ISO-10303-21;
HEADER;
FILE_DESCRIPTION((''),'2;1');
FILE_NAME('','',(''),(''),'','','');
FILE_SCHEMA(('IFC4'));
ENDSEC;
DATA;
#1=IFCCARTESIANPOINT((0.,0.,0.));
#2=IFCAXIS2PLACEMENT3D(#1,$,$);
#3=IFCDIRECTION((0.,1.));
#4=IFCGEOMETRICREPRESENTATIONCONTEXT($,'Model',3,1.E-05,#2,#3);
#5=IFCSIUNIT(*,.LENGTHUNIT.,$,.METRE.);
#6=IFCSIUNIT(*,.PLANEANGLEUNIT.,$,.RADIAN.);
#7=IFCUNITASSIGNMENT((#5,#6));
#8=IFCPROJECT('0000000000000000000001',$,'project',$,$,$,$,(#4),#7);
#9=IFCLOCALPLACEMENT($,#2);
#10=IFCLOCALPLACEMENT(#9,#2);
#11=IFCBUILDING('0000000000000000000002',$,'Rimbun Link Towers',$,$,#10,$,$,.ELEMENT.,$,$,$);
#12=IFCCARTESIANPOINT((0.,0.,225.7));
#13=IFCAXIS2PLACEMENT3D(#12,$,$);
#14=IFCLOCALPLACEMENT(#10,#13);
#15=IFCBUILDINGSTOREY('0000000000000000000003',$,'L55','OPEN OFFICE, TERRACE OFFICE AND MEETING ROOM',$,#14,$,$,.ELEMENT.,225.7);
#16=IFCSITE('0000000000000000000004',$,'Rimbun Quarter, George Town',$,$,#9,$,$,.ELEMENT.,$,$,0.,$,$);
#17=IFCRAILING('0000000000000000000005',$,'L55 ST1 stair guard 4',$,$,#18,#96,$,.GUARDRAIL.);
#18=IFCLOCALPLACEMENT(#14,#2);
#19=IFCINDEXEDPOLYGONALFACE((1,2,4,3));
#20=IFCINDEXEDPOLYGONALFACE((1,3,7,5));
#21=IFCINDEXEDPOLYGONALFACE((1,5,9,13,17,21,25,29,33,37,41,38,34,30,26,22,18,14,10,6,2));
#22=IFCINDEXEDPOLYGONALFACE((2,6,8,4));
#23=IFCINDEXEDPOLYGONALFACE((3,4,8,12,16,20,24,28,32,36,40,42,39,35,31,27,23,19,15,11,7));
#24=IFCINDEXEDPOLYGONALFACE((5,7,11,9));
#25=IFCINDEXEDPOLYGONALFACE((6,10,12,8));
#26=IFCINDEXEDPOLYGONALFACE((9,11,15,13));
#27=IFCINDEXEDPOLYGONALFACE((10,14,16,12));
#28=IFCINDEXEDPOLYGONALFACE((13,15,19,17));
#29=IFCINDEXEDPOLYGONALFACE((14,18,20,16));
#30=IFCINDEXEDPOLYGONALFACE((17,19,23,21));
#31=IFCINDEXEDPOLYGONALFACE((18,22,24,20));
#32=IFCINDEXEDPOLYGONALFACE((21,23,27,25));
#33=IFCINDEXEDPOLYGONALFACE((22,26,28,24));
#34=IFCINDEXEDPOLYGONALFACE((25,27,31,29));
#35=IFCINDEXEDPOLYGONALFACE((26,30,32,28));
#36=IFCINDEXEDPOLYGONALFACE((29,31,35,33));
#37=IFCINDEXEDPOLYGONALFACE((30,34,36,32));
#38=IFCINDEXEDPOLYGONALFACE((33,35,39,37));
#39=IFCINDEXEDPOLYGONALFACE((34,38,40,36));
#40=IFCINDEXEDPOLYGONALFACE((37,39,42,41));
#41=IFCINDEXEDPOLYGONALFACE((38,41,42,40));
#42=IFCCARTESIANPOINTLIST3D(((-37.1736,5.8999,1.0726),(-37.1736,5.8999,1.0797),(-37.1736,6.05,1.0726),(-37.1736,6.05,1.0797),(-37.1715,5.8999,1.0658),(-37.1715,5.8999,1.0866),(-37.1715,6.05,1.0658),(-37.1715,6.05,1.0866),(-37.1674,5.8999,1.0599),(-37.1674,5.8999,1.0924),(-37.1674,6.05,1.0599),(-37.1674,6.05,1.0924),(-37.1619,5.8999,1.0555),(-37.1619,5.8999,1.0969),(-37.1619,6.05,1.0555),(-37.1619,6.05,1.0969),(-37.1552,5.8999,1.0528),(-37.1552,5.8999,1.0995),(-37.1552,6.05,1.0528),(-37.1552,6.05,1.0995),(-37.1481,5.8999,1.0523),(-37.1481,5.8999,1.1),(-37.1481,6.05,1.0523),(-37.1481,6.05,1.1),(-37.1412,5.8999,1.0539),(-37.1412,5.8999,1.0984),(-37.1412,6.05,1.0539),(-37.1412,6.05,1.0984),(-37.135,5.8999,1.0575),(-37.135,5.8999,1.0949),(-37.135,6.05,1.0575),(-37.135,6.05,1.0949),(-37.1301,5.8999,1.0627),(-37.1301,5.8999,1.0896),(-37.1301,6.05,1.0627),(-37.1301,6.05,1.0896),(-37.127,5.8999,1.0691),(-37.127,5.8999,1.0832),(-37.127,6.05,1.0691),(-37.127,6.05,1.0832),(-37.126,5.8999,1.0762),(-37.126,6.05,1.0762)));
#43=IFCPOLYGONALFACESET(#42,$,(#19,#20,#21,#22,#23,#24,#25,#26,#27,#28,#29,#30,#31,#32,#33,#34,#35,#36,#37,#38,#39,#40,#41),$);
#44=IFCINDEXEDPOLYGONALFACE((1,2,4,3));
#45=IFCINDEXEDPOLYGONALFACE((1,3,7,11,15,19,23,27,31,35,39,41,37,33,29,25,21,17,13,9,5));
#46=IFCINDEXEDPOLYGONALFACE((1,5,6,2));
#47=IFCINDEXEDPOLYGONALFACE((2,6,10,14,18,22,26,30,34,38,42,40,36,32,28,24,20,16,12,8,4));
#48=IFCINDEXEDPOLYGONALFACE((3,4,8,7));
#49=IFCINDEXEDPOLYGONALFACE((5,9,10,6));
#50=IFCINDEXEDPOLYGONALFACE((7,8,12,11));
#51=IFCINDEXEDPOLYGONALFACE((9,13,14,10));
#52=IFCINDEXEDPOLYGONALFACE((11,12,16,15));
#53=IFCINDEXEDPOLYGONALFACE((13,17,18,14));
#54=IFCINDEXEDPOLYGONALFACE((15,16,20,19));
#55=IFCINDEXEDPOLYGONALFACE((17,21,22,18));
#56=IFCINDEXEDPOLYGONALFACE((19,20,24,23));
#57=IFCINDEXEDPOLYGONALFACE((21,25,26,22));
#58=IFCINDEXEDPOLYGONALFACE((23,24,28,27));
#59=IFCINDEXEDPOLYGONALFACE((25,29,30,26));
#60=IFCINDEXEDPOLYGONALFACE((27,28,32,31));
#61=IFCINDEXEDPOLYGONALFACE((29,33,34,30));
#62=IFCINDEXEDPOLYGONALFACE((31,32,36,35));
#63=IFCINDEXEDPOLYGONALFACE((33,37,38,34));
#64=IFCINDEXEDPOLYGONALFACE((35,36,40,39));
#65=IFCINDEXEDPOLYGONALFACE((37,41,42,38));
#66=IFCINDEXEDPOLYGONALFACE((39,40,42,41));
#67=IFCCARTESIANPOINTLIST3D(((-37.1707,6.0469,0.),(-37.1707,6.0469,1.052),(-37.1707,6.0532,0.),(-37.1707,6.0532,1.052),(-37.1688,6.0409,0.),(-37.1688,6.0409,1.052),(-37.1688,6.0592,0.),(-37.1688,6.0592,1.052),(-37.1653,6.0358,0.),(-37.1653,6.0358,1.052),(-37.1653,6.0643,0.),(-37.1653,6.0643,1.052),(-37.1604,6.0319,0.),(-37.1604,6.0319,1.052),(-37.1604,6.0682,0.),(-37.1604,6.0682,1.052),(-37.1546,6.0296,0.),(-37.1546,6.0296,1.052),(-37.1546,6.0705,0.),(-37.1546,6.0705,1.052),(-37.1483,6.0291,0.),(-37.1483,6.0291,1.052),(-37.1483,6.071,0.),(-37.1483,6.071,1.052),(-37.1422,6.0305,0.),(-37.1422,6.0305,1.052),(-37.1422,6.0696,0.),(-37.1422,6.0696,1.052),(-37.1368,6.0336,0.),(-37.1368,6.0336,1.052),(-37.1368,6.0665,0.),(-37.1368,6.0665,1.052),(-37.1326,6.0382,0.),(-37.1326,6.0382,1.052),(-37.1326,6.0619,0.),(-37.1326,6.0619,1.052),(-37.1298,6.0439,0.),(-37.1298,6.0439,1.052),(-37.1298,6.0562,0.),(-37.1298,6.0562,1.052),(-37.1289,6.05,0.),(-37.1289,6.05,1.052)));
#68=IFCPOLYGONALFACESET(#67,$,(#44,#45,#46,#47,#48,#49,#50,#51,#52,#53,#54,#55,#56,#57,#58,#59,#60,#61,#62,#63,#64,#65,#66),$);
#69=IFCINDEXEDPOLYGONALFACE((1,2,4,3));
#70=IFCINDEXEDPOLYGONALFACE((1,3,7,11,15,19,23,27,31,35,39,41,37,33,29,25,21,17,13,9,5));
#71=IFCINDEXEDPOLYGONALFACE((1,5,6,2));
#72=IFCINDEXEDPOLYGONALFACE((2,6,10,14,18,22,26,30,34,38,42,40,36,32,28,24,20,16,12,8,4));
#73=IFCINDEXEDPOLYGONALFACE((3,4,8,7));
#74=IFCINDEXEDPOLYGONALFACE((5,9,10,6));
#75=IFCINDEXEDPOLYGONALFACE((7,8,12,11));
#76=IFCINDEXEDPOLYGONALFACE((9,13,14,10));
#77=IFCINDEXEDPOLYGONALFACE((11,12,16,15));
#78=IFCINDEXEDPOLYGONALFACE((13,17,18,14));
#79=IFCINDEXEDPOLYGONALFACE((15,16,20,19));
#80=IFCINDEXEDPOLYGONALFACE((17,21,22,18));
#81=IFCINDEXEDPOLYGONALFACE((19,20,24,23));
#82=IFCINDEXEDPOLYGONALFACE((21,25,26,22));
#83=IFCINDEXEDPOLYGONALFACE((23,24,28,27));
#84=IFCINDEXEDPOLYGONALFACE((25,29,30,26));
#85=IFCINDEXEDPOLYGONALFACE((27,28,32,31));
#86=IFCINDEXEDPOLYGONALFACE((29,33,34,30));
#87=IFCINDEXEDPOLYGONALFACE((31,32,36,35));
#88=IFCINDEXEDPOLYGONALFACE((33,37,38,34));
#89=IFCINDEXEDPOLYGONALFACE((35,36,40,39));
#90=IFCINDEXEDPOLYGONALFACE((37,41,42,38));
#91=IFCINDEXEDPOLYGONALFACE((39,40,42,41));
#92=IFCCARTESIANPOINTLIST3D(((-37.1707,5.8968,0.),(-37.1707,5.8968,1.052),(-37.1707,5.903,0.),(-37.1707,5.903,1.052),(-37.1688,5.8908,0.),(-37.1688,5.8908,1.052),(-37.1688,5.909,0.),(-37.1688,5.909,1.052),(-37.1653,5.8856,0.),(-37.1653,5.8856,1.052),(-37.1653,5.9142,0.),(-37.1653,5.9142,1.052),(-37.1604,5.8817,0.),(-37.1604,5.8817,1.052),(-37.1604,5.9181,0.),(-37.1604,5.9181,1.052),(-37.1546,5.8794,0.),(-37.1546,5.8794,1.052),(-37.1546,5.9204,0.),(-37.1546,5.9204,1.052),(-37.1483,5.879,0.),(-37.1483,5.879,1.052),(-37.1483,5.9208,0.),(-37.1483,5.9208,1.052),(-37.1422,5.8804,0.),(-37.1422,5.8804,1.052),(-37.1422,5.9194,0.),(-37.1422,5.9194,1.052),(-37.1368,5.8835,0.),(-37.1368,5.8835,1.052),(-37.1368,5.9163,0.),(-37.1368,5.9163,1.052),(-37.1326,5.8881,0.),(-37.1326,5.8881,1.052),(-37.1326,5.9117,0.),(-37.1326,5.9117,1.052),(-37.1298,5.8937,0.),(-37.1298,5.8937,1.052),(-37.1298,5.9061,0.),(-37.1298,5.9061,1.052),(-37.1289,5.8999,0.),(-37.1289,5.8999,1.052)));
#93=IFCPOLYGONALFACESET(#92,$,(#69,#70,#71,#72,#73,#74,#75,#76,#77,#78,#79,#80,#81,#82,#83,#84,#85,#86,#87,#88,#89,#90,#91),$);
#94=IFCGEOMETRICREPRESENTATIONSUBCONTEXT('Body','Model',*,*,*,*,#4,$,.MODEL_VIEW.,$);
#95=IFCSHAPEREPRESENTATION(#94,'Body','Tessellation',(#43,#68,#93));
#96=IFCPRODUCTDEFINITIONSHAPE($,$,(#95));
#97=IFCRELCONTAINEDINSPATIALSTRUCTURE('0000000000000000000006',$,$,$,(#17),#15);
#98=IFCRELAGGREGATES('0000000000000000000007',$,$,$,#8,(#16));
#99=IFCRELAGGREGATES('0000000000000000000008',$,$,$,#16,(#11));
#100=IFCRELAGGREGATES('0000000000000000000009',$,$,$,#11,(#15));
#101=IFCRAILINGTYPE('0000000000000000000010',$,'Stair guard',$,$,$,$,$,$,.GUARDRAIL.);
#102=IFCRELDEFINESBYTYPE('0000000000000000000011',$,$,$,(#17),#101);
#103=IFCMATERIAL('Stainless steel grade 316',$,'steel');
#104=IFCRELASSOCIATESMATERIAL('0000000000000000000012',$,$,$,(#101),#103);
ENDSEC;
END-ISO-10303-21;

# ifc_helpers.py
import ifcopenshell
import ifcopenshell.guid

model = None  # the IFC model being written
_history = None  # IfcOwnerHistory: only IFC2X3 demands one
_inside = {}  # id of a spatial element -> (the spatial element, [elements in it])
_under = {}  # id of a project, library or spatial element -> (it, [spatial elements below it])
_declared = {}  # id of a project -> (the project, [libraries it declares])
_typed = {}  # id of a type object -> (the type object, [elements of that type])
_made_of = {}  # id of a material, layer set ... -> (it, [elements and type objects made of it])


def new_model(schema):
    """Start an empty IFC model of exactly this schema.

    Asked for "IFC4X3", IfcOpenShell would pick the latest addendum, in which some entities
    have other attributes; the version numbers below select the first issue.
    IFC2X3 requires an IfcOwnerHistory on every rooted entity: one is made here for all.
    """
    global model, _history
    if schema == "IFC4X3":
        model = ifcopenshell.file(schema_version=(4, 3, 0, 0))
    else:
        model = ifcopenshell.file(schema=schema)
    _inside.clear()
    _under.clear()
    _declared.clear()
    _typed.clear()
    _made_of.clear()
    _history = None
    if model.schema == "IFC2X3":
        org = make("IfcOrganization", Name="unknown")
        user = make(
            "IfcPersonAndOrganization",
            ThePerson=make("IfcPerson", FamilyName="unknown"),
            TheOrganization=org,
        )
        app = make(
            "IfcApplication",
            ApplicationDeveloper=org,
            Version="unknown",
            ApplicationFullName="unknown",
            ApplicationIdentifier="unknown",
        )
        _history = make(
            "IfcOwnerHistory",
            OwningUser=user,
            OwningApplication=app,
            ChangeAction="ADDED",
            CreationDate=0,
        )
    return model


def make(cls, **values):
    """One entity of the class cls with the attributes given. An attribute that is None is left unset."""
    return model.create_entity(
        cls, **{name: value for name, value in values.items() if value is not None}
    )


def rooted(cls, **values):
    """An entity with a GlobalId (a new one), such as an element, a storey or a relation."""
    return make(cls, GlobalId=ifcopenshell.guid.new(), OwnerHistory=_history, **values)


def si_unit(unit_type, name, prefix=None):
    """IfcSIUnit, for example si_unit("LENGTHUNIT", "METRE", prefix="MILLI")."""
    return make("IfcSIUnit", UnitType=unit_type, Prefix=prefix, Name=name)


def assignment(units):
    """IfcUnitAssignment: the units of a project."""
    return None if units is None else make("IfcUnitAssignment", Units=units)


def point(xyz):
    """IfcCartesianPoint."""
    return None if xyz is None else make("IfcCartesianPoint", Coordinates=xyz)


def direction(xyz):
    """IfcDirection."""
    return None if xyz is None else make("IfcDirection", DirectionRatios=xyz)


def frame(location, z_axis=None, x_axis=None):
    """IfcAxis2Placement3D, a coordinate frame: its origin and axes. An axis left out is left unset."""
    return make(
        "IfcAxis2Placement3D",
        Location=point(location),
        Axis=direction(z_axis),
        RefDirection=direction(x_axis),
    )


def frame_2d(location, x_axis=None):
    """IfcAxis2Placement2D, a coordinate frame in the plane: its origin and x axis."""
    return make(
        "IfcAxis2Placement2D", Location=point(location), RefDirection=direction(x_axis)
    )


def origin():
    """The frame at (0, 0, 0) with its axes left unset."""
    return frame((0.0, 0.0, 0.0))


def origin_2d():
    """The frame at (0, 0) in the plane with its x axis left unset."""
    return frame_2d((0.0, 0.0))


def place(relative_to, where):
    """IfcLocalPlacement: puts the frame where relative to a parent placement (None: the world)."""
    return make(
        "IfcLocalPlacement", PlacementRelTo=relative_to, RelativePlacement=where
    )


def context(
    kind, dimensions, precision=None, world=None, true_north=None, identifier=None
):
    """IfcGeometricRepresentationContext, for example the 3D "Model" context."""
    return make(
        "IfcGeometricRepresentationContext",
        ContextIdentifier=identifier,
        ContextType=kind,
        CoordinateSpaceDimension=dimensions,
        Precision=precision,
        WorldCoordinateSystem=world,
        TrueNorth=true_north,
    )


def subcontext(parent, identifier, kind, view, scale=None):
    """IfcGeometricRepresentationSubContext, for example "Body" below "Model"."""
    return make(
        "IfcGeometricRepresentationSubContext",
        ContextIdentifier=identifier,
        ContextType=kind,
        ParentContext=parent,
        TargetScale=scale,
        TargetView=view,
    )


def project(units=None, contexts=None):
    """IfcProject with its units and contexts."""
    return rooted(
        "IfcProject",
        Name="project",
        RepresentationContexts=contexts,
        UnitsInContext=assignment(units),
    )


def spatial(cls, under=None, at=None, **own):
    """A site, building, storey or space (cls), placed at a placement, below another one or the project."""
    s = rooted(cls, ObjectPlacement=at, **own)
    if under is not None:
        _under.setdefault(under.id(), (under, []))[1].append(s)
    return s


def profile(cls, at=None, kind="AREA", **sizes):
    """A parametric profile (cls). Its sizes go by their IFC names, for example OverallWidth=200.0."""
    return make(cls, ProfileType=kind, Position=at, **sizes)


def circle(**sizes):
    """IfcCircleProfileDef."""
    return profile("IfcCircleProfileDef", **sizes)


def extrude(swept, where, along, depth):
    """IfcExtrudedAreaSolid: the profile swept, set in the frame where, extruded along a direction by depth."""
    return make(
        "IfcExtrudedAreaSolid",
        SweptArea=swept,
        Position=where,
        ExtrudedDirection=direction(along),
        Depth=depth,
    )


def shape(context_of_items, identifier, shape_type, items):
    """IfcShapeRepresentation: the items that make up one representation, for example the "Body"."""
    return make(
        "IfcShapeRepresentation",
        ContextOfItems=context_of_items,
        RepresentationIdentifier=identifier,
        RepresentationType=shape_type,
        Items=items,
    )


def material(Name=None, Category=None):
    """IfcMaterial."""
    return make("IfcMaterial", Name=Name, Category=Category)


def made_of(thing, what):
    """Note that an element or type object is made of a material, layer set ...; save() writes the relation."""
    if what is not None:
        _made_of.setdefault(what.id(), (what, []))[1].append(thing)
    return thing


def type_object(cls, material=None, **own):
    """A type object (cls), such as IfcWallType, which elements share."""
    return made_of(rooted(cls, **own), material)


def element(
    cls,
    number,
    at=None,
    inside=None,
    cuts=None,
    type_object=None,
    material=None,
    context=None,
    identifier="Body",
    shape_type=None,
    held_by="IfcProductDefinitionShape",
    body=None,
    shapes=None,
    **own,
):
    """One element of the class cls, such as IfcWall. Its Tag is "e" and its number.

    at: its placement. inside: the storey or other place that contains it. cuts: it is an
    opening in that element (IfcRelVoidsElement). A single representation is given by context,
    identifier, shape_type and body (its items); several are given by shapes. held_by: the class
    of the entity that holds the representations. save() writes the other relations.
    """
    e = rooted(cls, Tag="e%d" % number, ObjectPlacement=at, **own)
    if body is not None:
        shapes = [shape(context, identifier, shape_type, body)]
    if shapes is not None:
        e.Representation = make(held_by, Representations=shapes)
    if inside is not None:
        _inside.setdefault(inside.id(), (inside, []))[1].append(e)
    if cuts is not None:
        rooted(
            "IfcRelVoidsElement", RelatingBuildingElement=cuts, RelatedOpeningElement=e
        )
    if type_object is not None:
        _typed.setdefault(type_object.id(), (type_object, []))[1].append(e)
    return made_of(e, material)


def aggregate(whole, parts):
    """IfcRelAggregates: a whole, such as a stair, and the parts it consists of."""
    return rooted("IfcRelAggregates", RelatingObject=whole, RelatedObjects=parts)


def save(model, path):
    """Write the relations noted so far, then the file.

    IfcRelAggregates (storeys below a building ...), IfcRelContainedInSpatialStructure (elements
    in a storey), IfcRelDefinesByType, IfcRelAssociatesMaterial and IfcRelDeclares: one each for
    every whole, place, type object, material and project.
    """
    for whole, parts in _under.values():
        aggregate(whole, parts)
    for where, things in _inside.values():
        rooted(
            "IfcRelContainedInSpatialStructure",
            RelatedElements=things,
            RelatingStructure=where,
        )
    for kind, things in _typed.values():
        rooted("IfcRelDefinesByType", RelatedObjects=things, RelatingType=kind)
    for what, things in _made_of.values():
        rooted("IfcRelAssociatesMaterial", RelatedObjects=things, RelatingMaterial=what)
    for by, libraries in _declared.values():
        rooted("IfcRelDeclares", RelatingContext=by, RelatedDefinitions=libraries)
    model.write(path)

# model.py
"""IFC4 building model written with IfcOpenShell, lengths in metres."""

from ifc_helpers import new_model, si_unit, direction, frame, origin, origin_2d, place, context, subcontext, project, spatial, circle, extrude, material, type_object, element, save


model = new_model("IFC4")

# Units and contexts
model_context = context("Model", 3, precision=1e-05, world=origin(), true_north=direction((0.0, 1.0)))
body_context = subcontext(model_context, "Body", "Model", "MODEL_VIEW")
ifc_project = project(units=[si_unit("LENGTHUNIT", "METRE"), si_unit("PLANEANGLEUNIT", "RADIAN")], contexts=[model_context])

# Site, building, storey
site_placement = place(None, origin())
site = spatial("IfcSite", under=ifc_project, at=site_placement, Name="Rimbun Quarter, George Town", CompositionType="ELEMENT", RefElevation=0.0)
building_placement = place(site_placement, origin())
building = spatial("IfcBuilding", under=site, at=building_placement, Name="Rimbun Link Towers", CompositionType="ELEMENT")
storey_placement = place(building_placement, frame((0.0, 0.0, 225.7)))
storey = spatial("IfcBuildingStorey", under=building, at=storey_placement, Name="L55", Description="OPEN OFFICE, TERRACE OFFICE AND MEETING ROOM", CompositionType="ELEMENT", Elevation=225.7)

# Railing
ifc_material_1 = material(Name="Stainless steel grade 316", Category="steel")
railing_type_1 = type_object("IfcRailingType", Name="Stair guard", PredefinedType="GUARDRAIL", material=ifc_material_1)
railing_1_placement = place(storey_placement, frame((-37.1499, 6.05, 0.0)))
element("IfcRailing", 1, at=railing_1_placement, inside=storey, type_object=railing_type_1, Name="L55 ST1 stair guard 4", PredefinedType="GUARDRAIL", context=body_context, shape_type="SweptSolid", body=[
    extrude(circle(Radius=0.0239, at=origin_2d()), frame((0.0, 0.0, 1.0762), z_axis=(0.0, -1.0, 0.0), x_axis=(1.0, 0.0, 0.0)), (0.0, 0.0, 1.0), 0.1501),
    extrude(circle(Radius=0.021, at=origin_2d()), origin(), (0.0, 0.0, 1.0), 1.052),
    extrude(circle(Radius=0.021, at=origin_2d()), frame((0.0, -0.1501, 0.0)), (0.0, 0.0, 1.0), 1.052),
])

save(model, "model.ifc")
